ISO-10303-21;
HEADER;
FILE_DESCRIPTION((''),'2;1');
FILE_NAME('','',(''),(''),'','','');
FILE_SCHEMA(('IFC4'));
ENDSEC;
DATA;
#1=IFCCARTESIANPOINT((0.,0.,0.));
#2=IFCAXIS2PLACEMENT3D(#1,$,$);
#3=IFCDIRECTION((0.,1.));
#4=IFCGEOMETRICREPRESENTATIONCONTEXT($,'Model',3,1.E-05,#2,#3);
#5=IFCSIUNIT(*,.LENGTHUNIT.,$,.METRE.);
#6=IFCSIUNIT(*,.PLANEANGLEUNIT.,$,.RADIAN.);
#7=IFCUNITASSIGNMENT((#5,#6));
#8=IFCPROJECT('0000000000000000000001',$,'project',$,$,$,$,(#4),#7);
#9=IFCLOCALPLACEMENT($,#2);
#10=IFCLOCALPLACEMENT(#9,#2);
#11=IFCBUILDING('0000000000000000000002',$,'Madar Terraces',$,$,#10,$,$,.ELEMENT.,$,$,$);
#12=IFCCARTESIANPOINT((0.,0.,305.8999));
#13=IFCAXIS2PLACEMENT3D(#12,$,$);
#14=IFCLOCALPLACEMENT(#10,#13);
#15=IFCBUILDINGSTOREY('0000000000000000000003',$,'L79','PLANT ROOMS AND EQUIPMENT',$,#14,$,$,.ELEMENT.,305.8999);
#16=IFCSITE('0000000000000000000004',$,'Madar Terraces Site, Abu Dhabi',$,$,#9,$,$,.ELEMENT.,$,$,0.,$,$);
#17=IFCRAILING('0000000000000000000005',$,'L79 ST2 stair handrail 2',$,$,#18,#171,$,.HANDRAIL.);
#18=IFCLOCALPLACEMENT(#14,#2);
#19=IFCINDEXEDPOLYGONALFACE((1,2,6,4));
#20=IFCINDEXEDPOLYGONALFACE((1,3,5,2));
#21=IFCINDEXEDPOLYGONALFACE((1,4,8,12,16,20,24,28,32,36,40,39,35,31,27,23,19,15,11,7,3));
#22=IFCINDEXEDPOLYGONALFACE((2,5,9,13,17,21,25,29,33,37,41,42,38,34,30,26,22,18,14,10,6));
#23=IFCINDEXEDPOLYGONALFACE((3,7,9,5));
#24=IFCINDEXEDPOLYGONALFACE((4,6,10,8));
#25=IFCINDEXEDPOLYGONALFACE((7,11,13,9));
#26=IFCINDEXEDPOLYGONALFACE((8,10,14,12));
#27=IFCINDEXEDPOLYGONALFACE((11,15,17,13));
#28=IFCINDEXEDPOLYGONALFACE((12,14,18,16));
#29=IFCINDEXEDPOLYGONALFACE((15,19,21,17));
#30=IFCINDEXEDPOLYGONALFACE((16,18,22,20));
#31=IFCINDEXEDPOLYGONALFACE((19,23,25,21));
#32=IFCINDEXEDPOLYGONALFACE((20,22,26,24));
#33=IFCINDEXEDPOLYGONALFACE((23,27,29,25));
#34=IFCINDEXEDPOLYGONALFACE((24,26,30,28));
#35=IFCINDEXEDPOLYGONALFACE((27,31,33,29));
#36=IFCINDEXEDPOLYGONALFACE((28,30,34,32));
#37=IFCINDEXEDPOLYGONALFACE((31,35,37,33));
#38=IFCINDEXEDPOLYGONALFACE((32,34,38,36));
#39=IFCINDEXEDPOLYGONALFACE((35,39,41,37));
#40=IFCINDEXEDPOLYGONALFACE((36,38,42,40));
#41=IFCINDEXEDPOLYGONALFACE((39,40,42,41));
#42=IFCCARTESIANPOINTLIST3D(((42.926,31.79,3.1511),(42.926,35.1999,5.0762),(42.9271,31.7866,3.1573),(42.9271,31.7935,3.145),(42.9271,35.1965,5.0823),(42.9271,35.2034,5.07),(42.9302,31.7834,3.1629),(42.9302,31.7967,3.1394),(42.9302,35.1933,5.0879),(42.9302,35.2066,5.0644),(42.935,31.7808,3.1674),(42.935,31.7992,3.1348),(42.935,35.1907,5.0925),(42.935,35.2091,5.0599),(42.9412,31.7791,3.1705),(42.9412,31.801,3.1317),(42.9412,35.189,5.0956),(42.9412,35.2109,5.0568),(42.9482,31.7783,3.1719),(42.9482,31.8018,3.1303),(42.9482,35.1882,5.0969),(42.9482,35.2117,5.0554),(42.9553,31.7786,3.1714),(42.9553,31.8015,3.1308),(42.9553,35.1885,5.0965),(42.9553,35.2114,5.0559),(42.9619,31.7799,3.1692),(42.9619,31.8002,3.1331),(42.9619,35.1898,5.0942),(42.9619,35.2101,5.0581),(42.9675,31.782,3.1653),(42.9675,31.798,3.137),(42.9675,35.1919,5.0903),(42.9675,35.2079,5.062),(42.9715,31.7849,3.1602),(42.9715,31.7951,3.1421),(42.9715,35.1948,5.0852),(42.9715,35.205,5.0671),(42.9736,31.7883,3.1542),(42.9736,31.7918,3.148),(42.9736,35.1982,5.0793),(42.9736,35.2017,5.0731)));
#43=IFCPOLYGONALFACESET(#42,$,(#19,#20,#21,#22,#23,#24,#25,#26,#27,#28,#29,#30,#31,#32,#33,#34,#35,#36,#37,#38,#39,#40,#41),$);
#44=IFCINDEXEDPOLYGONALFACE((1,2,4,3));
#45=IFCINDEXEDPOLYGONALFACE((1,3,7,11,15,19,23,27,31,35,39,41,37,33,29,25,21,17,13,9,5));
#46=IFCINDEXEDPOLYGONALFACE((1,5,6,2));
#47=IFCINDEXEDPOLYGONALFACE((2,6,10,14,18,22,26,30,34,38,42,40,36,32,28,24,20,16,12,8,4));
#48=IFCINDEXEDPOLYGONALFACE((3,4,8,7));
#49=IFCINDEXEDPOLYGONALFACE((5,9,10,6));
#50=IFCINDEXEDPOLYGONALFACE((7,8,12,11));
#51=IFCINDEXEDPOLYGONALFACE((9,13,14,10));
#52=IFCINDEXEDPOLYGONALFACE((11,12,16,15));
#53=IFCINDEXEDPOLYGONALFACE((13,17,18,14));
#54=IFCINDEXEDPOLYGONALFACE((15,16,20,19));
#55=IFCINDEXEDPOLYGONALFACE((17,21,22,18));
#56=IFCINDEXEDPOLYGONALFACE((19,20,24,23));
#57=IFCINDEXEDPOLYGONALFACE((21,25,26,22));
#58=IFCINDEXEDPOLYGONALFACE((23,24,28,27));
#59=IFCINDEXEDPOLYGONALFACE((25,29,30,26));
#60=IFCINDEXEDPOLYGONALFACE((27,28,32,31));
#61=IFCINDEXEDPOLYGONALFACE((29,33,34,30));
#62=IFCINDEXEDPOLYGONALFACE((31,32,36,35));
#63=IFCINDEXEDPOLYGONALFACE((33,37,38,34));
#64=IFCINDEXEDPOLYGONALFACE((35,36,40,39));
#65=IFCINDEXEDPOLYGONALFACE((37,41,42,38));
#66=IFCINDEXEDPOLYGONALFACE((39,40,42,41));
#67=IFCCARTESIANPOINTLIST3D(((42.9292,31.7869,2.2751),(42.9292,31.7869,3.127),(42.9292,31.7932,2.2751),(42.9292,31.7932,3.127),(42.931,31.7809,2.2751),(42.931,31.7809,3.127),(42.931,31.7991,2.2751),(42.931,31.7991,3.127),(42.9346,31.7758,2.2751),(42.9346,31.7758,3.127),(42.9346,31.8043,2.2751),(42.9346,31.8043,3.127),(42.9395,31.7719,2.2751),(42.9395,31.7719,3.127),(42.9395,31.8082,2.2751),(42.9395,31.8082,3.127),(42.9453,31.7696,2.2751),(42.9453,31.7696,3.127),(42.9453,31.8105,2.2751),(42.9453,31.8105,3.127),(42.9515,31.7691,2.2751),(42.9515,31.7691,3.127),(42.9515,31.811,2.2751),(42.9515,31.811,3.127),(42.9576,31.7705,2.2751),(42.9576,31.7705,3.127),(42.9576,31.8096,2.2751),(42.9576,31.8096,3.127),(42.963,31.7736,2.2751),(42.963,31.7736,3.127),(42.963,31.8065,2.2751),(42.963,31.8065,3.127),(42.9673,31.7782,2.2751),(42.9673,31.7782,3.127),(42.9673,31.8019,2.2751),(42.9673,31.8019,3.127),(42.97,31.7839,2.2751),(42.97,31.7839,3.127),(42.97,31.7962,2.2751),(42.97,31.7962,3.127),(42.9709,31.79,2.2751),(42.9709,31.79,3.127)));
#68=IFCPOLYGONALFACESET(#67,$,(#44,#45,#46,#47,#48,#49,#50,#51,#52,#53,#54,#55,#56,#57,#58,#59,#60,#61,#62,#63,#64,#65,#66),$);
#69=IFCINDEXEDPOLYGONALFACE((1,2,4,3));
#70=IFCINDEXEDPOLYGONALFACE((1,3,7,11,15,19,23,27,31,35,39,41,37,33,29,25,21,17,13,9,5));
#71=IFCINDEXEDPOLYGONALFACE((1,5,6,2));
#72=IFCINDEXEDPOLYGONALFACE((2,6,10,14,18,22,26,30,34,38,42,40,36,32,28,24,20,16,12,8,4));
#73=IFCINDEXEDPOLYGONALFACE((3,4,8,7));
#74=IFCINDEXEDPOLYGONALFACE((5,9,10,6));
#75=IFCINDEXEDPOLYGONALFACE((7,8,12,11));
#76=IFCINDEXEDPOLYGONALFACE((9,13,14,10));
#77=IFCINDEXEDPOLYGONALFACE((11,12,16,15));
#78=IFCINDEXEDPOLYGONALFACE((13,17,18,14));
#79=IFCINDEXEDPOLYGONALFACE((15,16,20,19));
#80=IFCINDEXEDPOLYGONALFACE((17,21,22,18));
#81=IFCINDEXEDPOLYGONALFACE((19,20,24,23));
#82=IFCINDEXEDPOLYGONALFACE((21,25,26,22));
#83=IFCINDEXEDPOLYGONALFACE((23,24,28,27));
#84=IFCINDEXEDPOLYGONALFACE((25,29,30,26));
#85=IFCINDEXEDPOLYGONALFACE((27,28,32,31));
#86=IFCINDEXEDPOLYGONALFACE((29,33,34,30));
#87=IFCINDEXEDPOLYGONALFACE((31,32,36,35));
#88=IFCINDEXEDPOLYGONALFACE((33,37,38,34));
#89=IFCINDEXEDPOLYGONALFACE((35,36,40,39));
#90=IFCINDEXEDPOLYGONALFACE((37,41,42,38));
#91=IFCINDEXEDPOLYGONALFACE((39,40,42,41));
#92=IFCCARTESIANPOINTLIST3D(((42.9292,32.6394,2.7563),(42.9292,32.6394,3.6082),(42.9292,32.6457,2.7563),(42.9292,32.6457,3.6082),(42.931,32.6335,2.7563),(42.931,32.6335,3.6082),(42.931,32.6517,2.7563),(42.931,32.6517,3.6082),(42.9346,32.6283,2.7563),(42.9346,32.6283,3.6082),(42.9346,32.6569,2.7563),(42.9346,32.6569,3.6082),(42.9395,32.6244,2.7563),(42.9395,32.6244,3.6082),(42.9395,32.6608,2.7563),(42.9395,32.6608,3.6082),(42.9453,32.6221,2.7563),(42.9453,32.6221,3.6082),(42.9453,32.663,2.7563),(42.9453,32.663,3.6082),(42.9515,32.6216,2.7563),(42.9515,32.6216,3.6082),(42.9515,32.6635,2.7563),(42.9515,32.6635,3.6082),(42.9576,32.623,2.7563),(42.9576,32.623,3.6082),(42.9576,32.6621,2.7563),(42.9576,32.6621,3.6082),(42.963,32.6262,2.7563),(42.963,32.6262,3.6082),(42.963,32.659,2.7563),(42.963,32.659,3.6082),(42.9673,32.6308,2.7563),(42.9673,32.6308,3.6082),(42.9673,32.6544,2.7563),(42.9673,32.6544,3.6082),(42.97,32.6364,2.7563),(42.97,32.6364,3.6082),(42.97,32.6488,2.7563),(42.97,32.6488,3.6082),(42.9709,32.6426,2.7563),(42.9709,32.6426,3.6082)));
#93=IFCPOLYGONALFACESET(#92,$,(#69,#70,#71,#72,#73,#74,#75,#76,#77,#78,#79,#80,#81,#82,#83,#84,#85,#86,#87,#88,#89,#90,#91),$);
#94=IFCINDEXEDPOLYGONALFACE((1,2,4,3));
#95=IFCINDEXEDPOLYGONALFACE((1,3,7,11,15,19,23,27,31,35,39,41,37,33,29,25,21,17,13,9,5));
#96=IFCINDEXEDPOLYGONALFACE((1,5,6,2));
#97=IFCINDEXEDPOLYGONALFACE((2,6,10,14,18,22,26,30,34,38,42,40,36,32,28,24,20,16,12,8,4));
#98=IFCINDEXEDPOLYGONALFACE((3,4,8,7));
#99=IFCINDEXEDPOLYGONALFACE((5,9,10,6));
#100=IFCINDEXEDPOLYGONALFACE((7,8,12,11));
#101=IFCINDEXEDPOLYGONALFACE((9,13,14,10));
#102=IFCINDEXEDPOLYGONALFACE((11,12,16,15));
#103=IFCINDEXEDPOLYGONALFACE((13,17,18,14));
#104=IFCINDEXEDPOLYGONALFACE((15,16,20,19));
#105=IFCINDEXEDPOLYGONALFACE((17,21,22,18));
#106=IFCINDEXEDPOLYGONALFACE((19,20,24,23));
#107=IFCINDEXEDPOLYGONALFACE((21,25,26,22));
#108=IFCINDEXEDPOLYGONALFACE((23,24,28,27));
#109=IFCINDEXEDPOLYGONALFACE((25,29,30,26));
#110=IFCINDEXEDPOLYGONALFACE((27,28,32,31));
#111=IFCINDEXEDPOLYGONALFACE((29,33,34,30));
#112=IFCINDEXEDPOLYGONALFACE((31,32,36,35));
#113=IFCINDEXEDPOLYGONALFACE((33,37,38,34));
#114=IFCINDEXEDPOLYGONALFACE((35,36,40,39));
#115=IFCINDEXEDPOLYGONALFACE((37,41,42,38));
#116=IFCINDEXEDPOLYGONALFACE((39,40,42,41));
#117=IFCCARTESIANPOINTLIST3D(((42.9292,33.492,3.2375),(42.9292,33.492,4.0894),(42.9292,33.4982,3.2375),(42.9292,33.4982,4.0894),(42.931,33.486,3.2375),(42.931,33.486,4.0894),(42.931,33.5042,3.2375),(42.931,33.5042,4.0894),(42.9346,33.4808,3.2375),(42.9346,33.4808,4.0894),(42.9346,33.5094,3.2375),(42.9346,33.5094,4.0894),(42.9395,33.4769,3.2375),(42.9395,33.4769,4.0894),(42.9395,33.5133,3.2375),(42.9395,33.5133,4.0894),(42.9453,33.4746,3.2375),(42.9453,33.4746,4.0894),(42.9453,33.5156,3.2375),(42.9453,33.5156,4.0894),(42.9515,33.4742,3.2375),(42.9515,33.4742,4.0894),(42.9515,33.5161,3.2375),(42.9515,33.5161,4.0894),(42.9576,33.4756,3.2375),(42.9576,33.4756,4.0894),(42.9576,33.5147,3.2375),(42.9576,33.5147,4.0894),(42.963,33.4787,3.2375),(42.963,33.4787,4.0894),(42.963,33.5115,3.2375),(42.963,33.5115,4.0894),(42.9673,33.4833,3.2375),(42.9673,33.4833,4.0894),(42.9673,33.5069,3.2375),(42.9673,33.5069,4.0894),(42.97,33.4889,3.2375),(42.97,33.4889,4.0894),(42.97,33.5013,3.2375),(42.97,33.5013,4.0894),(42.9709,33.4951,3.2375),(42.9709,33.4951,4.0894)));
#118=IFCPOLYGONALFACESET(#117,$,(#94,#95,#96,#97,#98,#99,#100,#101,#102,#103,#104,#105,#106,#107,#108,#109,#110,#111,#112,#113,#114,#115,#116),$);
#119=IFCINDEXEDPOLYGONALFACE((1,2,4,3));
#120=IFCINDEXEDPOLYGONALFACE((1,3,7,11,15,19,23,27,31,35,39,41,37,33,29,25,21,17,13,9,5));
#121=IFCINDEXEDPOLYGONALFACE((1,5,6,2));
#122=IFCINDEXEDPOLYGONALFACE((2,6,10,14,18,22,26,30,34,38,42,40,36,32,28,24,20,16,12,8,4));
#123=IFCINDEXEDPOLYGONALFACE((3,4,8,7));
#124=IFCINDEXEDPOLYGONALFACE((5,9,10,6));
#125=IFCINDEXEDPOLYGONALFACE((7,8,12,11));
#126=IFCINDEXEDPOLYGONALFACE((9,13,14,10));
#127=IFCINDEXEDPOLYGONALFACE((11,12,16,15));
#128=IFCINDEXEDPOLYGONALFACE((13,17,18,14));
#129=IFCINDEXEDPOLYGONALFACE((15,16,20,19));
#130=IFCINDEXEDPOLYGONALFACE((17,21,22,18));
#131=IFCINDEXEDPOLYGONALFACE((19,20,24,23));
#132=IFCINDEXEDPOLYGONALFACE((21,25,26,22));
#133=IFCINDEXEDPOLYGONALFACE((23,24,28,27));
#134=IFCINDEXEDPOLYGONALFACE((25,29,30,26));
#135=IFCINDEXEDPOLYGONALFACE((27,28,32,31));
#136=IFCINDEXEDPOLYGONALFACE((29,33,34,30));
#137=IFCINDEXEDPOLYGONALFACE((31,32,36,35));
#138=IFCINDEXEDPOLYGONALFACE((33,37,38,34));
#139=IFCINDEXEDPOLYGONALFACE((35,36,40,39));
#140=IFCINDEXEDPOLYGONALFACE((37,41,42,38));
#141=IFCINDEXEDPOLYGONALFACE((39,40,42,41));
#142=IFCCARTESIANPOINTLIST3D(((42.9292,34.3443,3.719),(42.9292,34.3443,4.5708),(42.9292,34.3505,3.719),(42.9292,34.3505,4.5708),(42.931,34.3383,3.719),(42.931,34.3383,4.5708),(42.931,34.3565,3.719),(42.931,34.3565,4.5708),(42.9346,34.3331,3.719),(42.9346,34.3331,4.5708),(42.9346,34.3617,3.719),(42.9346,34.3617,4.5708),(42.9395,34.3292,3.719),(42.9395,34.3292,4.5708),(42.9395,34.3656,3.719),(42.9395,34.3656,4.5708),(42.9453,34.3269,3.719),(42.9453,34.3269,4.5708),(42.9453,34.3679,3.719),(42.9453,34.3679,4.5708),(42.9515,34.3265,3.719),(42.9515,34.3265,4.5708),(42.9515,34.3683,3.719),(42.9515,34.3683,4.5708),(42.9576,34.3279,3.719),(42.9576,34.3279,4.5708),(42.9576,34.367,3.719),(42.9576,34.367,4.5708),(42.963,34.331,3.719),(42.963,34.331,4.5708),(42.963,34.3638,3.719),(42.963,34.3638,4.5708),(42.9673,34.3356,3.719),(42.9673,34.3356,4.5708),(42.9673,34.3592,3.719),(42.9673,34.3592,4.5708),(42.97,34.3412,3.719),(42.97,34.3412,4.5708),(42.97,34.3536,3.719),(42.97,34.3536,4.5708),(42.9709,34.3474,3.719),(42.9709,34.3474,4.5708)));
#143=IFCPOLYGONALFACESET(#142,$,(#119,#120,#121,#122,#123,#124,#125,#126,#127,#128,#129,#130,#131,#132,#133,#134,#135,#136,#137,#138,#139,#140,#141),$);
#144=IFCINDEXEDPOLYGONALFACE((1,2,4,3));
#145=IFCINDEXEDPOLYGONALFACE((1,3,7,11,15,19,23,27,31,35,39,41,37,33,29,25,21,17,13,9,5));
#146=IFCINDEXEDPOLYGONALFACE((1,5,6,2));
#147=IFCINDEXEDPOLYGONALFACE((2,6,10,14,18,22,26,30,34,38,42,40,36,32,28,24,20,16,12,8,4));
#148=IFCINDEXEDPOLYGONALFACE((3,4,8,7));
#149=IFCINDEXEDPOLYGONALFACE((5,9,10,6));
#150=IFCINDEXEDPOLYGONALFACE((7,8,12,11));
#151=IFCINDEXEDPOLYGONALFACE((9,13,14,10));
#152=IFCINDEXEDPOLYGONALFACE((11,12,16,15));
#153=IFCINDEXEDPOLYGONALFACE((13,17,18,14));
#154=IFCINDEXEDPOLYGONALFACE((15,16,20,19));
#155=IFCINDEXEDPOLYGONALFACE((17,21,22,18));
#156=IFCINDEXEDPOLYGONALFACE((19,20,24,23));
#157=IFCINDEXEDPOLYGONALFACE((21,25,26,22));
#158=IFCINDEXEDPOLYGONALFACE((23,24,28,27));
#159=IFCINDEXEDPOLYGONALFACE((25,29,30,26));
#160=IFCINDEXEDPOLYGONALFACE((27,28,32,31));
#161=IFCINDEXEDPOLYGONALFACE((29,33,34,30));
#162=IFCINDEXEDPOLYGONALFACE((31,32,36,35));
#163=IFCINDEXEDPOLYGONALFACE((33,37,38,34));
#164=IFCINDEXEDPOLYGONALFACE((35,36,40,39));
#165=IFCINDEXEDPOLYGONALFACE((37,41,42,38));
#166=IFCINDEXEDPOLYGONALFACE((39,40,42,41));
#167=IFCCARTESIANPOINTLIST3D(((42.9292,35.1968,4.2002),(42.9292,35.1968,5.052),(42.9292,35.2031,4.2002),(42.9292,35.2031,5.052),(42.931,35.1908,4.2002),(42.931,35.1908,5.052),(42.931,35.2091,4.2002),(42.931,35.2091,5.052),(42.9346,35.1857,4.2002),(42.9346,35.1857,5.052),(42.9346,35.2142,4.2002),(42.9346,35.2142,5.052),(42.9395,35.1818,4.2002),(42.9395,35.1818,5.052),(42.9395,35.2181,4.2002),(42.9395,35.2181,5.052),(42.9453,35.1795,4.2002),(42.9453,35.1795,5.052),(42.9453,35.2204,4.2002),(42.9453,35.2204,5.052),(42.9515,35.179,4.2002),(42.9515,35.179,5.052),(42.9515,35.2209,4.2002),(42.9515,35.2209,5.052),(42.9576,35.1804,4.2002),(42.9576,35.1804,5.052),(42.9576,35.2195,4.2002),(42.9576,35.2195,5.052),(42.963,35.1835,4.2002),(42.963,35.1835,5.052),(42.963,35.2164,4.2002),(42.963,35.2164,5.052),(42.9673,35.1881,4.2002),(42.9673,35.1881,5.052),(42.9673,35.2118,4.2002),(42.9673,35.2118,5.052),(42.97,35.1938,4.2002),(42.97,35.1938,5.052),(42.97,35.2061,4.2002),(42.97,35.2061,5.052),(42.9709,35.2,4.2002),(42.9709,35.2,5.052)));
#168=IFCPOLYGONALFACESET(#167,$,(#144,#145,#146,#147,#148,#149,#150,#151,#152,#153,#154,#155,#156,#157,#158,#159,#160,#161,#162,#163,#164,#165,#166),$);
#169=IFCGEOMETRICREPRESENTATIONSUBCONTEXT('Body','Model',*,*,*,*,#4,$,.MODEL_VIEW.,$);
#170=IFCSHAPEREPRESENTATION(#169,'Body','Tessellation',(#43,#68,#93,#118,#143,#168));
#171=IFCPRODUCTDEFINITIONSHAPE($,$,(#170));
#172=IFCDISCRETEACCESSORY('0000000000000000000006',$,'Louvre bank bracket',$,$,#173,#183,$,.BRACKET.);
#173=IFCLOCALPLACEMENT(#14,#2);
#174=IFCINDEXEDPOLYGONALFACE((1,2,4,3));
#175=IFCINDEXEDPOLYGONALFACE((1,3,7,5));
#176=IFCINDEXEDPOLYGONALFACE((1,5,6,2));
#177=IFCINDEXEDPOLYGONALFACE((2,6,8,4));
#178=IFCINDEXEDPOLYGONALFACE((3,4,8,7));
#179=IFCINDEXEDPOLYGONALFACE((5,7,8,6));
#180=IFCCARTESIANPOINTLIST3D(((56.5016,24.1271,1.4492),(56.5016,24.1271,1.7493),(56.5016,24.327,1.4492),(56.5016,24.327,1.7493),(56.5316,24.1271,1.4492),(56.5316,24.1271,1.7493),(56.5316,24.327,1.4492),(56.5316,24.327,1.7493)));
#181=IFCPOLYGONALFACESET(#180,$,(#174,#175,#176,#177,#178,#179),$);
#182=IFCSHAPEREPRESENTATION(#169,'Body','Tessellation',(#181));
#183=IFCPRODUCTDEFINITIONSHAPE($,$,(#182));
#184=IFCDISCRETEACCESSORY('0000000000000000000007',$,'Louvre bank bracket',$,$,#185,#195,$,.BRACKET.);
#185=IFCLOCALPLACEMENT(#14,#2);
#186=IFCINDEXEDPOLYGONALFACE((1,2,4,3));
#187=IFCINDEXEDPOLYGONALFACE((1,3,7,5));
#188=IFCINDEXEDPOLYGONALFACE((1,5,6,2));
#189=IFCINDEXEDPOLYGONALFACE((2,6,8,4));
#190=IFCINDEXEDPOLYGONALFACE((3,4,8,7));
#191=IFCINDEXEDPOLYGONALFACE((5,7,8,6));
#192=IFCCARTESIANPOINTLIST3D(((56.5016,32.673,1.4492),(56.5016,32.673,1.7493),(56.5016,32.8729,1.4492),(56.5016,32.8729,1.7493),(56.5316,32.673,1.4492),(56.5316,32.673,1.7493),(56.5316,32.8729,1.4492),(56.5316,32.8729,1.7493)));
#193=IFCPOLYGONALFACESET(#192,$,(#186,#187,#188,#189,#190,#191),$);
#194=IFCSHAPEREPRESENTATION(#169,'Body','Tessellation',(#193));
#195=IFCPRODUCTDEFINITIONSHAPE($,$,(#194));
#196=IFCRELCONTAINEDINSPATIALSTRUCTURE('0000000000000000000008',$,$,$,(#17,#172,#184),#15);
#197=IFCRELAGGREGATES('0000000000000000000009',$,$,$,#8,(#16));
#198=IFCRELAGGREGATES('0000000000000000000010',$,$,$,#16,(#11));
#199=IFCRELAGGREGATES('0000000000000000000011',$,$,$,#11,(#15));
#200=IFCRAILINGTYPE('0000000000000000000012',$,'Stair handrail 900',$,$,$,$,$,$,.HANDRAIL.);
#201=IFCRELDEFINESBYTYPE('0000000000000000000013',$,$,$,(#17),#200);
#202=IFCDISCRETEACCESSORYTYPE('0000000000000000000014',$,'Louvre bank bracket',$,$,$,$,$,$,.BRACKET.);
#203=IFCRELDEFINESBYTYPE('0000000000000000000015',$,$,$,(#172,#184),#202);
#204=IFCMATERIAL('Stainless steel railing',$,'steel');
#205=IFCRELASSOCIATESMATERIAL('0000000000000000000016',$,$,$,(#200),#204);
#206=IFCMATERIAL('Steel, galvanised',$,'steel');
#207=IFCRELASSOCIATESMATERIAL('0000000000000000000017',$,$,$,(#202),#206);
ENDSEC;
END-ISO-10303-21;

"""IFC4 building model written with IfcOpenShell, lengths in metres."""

from ifc_helpers import new_model, si_unit, direction, frame, origin, origin_2d, place, context, subcontext, project, spatial, rectangle, circle, extrude, material, type_object, element, save


model = new_model("IFC4")

# Units and contexts
model_context = context("Model", 3, precision=1e-05, world=origin(), true_north=direction((0.0, 1.0)))
body_context = subcontext(model_context, "Body", "Model", "MODEL_VIEW")
ifc_project = project(units=[si_unit("LENGTHUNIT", "METRE"), si_unit("PLANEANGLEUNIT", "RADIAN")], contexts=[model_context])

# Site, building, storey
site_placement = place(None, origin())
site = spatial("IfcSite", under=ifc_project, at=site_placement, Name="Madar Terraces Site, Abu Dhabi", CompositionType="ELEMENT", RefElevation=0.0)
building_placement = place(site_placement, origin())
building = spatial("IfcBuilding", under=site, at=building_placement, Name="Madar Terraces", CompositionType="ELEMENT")
storey_placement = place(building_placement, frame((0.0, 0.0, 305.8999)))
storey = spatial("IfcBuildingStorey", under=building, at=storey_placement, Name="L79", Description="PLANT ROOMS AND EQUIPMENT", CompositionType="ELEMENT", Elevation=305.8999)

# Railing
ifc_material_1 = material(Name="Stainless steel railing", Category="steel")
railing_type_1 = type_object("IfcRailingType", Name="Stair handrail 900", PredefinedType="HANDRAIL", material=ifc_material_1)
railing_1_placement = place(storey_placement, frame((42.95, 31.79, 2.2751)))
element("IfcRailing", 1, at=railing_1_placement, inside=storey, type_object=railing_type_1, Name="L79 ST2 stair handrail 2", PredefinedType="HANDRAIL", context=body_context, shape_type="SweptSolid", body=[
    extrude(circle(Radius=0.0239, at=origin_2d()), frame((0.0, 0.0, 0.876), z_axis=(0.0, 0.870814, 0.491613), x_axis=(-1.0, 0.0, 0.0)), (0.0, 0.0, 1.0), 3.9158),
    extrude(circle(Radius=0.021, at=origin_2d()), origin(), (0.0, 0.0, 1.0), 0.8518),
    extrude(circle(Radius=0.021, at=origin_2d()), frame((0.0, 0.8525, 0.4812)), (0.0, 0.0, 1.0), 0.8518),
    extrude(circle(Radius=0.021, at=origin_2d()), frame((0.0, 1.7051, 0.9624)), (0.0, 0.0, 1.0), 0.8518),
    extrude(circle(Radius=0.021, at=origin_2d()), frame((0.0, 2.5574, 1.4438)), (0.0, 0.0, 1.0), 0.8518),
    extrude(circle(Radius=0.021, at=origin_2d()), frame((0.0, 3.4099, 1.925)), (0.0, 0.0, 1.0), 0.8518),
])

# Discrete accessories
ifc_material_2 = material(Name="Steel, galvanised", Category="steel")
discrete_accessory_type = type_object("IfcDiscreteAccessoryType", Name="Louvre bank bracket", PredefinedType="BRACKET", material=ifc_material_2)
for number, where, z_axis, x_axis, name in (
    (2, (56.5166, 24.2271, 1.4492), (0.0, 0.0, 1.0), (0.0, 1.0, 0.0), "Louvre bank bracket"),
    (3, (56.5166, 32.7729, 1.4492), (0.0, 0.0, 1.0), (0.0, 1.0, 0.0), "Louvre bank bracket"),
):
    element("IfcDiscreteAccessory", number, at=place(storey_placement, frame(where, z_axis=z_axis, x_axis=x_axis)), inside=storey, type_object=discrete_accessory_type, Name=name, PredefinedType="BRACKET", context=body_context, shape_type="SweptSolid", body=[
        extrude(rectangle(XDim=0.2, YDim=0.03, at=origin_2d()), origin(), (0.0, 0.0, 1.0), 0.3),
    ])

save(model, "model.ifc")
